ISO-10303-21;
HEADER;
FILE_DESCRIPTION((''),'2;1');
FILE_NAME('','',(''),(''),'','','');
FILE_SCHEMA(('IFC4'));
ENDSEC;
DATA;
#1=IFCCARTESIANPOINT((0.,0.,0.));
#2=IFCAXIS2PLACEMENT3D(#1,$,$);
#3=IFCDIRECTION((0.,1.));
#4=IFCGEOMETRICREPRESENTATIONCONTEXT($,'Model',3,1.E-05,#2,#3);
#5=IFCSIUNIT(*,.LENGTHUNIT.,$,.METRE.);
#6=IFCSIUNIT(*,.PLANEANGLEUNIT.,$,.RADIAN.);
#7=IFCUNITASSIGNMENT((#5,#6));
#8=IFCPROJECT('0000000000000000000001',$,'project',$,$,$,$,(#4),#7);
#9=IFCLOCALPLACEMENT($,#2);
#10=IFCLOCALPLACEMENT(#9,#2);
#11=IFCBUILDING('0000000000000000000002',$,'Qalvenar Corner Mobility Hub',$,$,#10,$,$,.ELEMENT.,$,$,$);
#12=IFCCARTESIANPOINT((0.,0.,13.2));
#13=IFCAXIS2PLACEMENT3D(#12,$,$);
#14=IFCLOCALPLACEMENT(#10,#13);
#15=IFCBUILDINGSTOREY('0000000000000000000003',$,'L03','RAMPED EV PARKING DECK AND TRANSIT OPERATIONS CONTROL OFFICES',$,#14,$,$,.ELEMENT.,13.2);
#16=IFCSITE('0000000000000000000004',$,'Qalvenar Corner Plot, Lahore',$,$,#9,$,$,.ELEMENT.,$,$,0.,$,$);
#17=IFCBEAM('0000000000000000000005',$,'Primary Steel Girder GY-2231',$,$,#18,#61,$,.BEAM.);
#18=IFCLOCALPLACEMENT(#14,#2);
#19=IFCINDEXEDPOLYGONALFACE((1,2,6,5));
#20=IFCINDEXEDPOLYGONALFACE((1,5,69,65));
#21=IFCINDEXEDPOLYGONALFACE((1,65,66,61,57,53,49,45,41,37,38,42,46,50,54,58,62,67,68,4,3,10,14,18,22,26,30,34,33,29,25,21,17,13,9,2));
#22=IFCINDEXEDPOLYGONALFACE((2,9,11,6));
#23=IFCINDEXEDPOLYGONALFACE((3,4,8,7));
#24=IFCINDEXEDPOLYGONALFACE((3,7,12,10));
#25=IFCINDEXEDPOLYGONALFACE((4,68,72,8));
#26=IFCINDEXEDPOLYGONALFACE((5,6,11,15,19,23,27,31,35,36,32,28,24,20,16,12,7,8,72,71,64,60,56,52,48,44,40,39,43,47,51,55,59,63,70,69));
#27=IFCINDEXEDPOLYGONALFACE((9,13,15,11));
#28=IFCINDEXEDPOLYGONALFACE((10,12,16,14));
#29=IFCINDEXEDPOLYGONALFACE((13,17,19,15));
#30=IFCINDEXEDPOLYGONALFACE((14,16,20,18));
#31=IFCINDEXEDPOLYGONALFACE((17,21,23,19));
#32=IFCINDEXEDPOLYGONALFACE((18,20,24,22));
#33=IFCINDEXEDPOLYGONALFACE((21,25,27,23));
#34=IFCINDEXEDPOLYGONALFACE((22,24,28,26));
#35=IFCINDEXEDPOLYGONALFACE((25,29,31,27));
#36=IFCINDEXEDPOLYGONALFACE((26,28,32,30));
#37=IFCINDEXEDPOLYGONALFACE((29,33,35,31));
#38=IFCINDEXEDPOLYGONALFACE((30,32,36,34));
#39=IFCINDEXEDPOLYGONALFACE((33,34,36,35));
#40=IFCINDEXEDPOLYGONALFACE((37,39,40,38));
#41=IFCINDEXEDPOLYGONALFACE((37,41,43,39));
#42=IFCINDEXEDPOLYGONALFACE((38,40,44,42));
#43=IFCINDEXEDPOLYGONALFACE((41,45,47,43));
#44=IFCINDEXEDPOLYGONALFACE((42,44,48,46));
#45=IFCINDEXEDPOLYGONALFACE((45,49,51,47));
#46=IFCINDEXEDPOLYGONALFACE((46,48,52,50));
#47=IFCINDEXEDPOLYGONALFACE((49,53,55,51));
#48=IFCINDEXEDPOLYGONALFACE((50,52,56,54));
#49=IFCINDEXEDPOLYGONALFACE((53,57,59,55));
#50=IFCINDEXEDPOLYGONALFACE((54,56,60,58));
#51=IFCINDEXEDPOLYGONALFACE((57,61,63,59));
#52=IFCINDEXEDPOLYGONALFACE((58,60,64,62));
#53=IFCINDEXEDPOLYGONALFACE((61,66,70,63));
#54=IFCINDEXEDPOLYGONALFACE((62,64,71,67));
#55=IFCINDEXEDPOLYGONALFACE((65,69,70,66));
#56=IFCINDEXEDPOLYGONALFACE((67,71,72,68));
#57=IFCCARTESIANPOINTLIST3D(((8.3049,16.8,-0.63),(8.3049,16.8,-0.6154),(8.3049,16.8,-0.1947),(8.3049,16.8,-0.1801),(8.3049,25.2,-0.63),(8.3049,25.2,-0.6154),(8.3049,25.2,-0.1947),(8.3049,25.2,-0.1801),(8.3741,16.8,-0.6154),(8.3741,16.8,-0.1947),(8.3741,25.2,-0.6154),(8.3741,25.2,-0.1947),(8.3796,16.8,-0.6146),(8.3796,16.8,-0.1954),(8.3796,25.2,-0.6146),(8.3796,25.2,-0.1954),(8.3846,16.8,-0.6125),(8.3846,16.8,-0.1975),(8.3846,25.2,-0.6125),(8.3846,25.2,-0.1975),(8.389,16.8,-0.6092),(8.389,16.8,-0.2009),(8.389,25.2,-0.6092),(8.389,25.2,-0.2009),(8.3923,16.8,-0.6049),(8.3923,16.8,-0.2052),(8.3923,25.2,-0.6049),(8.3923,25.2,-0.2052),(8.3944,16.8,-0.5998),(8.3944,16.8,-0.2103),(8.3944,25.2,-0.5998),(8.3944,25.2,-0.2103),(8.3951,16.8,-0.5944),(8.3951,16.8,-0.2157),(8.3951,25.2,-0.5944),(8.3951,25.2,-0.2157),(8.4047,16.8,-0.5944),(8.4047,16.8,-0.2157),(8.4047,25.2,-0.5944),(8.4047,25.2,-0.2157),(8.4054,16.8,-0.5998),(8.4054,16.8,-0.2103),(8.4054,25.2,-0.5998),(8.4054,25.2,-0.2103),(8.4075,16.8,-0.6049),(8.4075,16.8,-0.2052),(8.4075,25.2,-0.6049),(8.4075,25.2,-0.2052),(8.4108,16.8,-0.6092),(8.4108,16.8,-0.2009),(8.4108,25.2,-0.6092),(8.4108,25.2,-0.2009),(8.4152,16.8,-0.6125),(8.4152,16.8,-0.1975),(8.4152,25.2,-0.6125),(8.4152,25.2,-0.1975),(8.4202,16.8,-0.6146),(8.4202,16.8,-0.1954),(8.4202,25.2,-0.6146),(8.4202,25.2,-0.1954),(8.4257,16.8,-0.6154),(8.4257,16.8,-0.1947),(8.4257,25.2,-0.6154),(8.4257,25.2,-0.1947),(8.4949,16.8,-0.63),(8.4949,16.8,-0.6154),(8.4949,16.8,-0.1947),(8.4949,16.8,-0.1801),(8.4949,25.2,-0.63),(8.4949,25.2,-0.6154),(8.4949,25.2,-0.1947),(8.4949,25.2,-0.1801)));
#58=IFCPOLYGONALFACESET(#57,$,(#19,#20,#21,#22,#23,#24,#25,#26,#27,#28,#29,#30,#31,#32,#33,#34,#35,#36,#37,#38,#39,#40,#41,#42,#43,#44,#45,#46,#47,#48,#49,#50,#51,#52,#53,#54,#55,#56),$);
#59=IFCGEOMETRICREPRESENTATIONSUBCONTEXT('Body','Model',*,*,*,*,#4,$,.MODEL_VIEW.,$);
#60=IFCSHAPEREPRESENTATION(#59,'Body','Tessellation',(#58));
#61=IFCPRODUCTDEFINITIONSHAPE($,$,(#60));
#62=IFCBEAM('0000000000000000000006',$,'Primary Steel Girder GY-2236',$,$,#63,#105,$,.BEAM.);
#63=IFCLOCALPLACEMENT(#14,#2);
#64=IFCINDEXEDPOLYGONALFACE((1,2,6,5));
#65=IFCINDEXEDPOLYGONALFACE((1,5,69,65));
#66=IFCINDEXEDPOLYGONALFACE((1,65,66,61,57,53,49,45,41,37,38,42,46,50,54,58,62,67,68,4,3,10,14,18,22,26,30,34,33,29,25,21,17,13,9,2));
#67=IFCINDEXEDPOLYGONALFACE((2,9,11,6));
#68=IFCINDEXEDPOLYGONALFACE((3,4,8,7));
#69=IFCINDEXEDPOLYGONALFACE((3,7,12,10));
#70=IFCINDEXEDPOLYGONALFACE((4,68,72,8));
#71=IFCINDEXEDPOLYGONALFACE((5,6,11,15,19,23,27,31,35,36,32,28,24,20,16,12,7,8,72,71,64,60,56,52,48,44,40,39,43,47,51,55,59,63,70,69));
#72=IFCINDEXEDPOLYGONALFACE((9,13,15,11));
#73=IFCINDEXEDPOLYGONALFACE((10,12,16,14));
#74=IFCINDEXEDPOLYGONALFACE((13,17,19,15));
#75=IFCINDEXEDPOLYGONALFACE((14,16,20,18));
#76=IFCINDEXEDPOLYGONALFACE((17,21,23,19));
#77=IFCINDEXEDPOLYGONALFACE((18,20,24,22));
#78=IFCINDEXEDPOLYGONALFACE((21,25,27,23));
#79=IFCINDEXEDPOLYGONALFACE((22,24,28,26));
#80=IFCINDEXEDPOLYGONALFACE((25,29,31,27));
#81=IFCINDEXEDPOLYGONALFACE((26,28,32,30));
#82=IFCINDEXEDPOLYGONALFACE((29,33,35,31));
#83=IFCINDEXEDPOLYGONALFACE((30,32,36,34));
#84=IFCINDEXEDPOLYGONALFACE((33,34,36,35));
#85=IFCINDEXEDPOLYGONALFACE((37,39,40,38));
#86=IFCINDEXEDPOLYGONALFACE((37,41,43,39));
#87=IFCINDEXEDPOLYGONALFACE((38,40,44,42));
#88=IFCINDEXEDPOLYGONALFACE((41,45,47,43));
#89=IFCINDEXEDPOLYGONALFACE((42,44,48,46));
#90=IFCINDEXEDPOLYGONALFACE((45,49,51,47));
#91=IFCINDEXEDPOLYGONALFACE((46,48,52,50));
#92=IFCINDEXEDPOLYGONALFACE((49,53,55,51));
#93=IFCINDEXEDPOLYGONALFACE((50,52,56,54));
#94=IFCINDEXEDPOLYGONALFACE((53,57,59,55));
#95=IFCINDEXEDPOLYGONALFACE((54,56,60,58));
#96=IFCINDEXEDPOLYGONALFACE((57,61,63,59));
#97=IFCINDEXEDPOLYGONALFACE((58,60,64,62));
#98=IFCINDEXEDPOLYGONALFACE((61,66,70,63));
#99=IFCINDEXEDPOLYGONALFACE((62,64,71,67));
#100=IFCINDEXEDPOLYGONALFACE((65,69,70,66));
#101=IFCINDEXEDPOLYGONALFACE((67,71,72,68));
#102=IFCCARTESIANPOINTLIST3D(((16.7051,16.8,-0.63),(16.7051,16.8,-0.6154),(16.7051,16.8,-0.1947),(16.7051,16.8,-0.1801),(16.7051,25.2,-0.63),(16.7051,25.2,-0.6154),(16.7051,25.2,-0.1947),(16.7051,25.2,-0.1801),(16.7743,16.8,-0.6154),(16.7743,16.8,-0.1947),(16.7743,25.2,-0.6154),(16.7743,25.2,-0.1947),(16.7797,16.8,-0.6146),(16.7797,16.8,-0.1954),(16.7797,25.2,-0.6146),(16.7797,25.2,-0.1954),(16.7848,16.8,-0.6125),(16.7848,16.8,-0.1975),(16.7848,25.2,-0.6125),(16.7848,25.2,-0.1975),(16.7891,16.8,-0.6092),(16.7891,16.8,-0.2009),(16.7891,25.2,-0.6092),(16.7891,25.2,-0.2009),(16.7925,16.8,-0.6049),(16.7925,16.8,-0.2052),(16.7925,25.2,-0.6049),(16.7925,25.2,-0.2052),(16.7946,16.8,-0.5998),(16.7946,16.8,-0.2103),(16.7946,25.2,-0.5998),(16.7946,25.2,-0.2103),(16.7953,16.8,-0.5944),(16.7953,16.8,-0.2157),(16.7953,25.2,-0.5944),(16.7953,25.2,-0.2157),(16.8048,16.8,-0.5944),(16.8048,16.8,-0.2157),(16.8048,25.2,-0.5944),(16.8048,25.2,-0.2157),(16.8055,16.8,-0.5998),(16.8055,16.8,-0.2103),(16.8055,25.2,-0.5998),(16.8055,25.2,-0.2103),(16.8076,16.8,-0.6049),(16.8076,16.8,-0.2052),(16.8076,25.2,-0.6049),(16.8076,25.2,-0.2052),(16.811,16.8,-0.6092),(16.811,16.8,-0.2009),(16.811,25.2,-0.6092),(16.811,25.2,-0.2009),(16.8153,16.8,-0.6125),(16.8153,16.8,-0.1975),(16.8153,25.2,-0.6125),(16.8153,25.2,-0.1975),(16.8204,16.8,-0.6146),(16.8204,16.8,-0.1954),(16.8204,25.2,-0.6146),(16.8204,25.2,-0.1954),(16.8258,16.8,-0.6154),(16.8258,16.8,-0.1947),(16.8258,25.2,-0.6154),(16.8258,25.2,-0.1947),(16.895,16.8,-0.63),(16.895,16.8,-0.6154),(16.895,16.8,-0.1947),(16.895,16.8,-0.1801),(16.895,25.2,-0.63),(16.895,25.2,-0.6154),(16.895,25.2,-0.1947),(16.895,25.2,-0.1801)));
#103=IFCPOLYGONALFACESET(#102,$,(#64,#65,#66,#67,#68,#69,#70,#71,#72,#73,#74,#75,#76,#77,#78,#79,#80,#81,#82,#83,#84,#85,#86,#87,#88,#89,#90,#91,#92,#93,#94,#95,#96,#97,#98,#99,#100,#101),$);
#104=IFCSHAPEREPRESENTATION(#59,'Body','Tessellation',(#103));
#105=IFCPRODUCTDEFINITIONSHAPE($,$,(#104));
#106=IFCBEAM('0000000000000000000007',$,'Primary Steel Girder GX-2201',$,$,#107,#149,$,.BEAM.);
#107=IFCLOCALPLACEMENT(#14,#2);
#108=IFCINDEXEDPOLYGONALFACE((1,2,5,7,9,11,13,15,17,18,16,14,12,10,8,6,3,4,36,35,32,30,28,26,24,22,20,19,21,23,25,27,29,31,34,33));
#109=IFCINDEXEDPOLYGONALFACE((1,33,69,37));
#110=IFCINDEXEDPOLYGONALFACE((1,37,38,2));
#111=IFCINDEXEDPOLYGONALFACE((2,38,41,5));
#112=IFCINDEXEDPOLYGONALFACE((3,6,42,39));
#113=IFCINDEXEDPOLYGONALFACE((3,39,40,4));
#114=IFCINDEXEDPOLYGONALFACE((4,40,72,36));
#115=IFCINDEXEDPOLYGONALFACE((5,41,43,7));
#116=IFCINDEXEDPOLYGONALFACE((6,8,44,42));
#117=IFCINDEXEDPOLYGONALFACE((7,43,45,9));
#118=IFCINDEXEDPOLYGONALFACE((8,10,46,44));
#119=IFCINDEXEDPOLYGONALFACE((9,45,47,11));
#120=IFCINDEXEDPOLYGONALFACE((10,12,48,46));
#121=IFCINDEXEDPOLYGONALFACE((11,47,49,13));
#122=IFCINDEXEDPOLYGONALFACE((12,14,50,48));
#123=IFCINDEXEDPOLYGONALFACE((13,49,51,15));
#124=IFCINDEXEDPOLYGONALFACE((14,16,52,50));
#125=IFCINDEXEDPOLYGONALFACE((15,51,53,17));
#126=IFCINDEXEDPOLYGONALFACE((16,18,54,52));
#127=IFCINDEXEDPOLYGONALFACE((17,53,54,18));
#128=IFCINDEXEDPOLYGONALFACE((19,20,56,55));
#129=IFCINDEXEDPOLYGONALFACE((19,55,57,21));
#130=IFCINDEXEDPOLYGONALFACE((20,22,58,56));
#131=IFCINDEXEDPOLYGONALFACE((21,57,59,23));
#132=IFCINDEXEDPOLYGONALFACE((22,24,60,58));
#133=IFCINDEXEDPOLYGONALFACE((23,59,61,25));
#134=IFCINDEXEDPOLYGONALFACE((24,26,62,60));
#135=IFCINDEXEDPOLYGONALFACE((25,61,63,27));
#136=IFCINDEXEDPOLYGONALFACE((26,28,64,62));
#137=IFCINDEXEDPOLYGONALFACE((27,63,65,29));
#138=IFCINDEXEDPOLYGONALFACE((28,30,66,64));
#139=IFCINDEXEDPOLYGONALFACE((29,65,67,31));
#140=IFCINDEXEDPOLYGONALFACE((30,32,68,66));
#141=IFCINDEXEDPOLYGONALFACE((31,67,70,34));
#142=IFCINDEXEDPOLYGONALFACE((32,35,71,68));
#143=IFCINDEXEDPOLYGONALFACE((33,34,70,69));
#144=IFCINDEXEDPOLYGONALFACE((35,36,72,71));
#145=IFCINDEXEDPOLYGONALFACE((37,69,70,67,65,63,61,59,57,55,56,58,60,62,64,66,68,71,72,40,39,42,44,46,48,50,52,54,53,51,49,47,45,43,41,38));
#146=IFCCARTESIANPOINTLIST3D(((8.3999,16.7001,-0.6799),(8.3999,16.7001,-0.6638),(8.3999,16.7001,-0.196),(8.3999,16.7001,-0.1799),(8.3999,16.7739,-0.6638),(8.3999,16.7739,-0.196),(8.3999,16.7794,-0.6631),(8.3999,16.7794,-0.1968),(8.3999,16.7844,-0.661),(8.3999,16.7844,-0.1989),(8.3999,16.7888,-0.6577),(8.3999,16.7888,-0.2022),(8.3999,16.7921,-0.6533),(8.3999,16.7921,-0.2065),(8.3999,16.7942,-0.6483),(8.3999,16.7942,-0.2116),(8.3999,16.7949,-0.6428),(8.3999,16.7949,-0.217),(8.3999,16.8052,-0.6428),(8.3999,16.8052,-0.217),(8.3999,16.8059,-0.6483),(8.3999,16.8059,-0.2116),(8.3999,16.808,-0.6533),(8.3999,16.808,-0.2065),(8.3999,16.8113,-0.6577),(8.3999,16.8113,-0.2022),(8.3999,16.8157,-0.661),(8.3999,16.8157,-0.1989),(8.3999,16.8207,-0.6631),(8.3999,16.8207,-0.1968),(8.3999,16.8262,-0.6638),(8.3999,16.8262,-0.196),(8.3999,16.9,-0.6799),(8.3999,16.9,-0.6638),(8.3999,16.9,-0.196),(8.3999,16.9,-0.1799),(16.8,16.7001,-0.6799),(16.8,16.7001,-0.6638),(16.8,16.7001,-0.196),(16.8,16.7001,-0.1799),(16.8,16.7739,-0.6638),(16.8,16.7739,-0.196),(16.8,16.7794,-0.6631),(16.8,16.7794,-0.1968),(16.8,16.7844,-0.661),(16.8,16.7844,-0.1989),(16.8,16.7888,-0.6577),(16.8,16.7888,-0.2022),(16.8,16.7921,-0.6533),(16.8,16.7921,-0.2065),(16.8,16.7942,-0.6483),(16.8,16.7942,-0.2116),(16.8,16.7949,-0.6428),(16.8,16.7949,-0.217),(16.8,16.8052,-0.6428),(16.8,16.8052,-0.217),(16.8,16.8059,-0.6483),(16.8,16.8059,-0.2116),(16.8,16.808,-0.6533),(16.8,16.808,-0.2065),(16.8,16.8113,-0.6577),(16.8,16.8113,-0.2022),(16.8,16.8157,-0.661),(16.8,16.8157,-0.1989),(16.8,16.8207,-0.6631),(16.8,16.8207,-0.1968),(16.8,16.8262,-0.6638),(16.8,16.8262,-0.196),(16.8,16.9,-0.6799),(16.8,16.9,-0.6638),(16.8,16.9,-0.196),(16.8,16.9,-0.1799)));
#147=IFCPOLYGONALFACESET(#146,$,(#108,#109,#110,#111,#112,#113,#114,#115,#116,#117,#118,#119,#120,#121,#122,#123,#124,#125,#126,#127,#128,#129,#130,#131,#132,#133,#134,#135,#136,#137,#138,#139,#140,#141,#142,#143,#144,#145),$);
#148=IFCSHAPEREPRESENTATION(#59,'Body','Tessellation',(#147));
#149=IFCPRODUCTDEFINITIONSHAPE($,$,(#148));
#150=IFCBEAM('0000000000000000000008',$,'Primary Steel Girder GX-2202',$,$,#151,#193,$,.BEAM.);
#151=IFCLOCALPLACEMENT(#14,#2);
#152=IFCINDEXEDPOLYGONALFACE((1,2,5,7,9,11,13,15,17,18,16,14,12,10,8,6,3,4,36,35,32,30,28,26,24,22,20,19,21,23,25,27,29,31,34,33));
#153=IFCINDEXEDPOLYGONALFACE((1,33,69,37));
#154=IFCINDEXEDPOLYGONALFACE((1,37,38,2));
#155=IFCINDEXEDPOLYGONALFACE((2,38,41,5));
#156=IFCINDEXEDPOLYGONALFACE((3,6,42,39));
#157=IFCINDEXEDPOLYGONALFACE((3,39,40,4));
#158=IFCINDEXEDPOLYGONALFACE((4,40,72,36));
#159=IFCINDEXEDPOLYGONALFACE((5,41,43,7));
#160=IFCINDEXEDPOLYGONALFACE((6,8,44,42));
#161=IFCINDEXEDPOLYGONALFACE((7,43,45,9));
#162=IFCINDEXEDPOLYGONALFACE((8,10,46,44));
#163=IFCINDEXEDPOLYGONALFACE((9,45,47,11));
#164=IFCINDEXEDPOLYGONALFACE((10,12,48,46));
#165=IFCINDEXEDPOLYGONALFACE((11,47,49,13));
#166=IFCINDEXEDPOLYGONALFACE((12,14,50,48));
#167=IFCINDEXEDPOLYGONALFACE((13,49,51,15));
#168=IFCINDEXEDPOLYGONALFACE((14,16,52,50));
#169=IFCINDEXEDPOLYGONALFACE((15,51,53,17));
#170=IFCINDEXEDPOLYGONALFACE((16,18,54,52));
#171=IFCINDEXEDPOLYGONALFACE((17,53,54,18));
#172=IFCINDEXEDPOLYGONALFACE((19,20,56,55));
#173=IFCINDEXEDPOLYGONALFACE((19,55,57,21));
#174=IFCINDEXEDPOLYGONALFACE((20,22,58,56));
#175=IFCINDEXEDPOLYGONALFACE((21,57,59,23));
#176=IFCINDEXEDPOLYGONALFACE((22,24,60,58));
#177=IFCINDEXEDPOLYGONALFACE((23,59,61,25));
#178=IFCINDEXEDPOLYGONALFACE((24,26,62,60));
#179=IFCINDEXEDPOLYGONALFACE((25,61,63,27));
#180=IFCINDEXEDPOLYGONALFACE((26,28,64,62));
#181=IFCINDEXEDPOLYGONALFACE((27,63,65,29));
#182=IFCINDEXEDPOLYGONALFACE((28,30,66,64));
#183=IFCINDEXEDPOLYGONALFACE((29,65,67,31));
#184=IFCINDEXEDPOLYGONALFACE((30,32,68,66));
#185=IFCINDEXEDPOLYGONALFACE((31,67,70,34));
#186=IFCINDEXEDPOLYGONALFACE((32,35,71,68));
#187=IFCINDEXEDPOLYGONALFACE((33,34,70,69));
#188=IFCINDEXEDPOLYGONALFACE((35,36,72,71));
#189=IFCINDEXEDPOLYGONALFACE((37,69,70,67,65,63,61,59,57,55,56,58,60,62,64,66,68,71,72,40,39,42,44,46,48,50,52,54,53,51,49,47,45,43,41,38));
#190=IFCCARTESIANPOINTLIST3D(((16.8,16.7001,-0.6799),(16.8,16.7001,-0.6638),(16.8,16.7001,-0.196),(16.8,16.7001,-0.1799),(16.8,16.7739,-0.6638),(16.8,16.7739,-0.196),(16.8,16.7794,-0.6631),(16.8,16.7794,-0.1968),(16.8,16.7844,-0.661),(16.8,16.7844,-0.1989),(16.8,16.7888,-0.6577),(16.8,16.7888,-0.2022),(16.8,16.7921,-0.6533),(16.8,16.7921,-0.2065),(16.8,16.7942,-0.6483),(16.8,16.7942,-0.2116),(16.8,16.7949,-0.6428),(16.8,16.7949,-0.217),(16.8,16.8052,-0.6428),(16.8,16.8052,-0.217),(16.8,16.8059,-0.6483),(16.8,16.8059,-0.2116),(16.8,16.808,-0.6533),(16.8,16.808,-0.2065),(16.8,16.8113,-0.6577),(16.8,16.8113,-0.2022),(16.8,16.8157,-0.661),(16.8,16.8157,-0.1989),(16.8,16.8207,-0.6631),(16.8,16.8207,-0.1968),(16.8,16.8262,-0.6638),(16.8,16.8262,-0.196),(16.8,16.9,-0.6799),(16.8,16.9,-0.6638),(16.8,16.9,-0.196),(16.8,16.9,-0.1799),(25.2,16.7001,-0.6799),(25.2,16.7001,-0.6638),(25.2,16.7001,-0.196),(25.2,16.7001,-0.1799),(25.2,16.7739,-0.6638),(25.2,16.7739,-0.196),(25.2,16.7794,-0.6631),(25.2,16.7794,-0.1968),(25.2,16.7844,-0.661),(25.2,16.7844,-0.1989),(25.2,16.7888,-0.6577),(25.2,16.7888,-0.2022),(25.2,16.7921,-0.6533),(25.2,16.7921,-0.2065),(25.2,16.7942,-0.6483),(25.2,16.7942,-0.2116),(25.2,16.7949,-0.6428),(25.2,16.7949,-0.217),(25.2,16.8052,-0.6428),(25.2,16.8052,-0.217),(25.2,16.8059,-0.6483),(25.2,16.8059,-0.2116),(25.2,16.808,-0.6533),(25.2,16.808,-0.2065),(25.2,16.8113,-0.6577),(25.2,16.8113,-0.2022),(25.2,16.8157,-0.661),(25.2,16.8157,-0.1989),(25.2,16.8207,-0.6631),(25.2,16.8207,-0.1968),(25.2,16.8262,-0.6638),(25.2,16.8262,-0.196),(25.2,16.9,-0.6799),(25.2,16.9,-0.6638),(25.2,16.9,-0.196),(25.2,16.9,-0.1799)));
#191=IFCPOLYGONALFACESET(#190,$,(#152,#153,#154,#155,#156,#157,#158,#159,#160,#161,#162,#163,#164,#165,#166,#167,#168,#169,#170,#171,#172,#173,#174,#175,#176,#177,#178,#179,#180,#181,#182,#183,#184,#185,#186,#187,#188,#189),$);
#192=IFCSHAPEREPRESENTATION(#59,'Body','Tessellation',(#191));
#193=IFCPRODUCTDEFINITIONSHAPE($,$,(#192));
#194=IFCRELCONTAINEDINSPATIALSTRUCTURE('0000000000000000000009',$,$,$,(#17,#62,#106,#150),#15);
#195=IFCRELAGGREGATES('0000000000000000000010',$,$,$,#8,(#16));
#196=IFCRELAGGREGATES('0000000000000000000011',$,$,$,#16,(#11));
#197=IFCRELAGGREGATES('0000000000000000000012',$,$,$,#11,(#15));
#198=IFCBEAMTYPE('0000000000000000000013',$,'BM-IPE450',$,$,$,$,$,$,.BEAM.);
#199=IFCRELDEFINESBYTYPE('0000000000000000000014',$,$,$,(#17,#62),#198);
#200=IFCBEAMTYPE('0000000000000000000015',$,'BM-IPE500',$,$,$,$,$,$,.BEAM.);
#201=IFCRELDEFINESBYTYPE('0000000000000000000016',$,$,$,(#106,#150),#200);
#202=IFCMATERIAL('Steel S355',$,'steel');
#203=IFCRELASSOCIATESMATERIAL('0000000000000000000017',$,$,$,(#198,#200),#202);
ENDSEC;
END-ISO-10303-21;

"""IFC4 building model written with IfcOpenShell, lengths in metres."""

from ifc_helpers import new_model, si_unit, direction, frame, origin, origin_2d, place, context, subcontext, project, spatial, i_section, extrude, material, material_profile, profile_set, type_object, element, save


model = new_model("IFC4")

# Units and contexts
model_context = context("Model", 3, precision=1e-05, world=origin(), true_north=direction((0.0, 1.0)))
body_context = subcontext(model_context, "Body", "Model", "MODEL_VIEW")
ifc_project = project(units=[si_unit("LENGTHUNIT", "METRE"), si_unit("PLANEANGLEUNIT", "RADIAN")], contexts=[model_context])

# Site, building, storey
site_placement = place(None, origin())
site = spatial("IfcSite", under=ifc_project, at=site_placement, Name="Qalvenar Corner Plot, Lahore", CompositionType="ELEMENT", RefElevation=0.0)
building_placement = place(site_placement, origin())
building = spatial("IfcBuilding", under=site, at=building_placement, Name="Qalvenar Corner Mobility Hub", CompositionType="ELEMENT")
storey_placement = place(building_placement, frame((0.0, 0.0, 13.2)))
storey = spatial("IfcBuildingStorey", under=building, at=storey_placement, Name="L03", Description="RAMPED EV PARKING DECK AND TRANSIT OPERATIONS CONTROL OFFICES", CompositionType="ELEMENT", Elevation=13.2)

# Beams
ifc_material_1 = material(Name="Steel S355", Category="steel")
ifc_material_profile_1 = material_profile(ifc_material_1, i_section(OverallWidth=0.1899, OverallDepth=0.45, WebThickness=0.0095, FlangeThickness=0.0146, FilletRadius=0.021, at=origin_2d()), Name="IPE450")
ifc_profile_set_1 = profile_set([ifc_material_profile_1], Name="Steel S355")
beam_type_1 = type_object("IfcBeamType", Name="BM-IPE450", PredefinedType="BEAM", material=ifc_profile_set_1)
for number, where, z_axis, x_axis, name in (
    (1, (8.3999, 16.8, -0.405), (0.0, 1.0, 0.0), (-1.0, 0.0, 0.0), "Primary Steel Girder GY-2231"),
    (2, (16.8, 16.8, -0.405), (0.0, 1.0, 0.0), (-1.0, 0.0, 0.0), "Primary Steel Girder GY-2236"),
):
    element("IfcBeam", number, at=place(storey_placement, frame(where, z_axis=z_axis, x_axis=x_axis)), inside=storey, type_object=beam_type_1, Name=name, PredefinedType="BEAM", context=body_context, shape_type="SweptSolid", body=[
        extrude(i_section(OverallWidth=0.1899, OverallDepth=0.45, WebThickness=0.0095, FlangeThickness=0.0146, FilletRadius=0.021, at=origin_2d()), origin(), (0.0, 0.0, 1.0), 8.3999),
    ])
ifc_material_profile_2 = material_profile(ifc_material_1, i_section(OverallWidth=0.2, OverallDepth=0.5, WebThickness=0.0103, FlangeThickness=0.0161, FilletRadius=0.021, at=origin_2d()), Name="IPE500")
ifc_profile_set_2 = profile_set([ifc_material_profile_2], Name="Steel S355")
beam_type_2 = type_object("IfcBeamType", Name="BM-IPE500", PredefinedType="BEAM", material=ifc_profile_set_2)
beam_1_placement = place(storey_placement, frame((8.3999, 16.8, -0.4299), z_axis=(1.0, 0.0, 0.0), x_axis=(0.0, 1.0, 0.0)))
element("IfcBeam", 3, at=beam_1_placement, inside=storey, type_object=beam_type_2, Name="Primary Steel Girder GX-2201", PredefinedType="BEAM", context=body_context, shape_type="SweptSolid", body=[
    extrude(i_section(OverallWidth=0.2, OverallDepth=0.5, WebThickness=0.0103, FlangeThickness=0.0161, FilletRadius=0.021, at=origin_2d()), origin(), (0.0, 0.0, 1.0), 8.4001),
])
beam_2_placement = place(storey_placement, frame((16.8, 16.8, -0.4299), z_axis=(1.0, 0.0, 0.0), x_axis=(0.0, 1.0, 0.0)))
element("IfcBeam", 4, at=beam_2_placement, inside=storey, type_object=beam_type_2, Name="Primary Steel Girder GX-2202", PredefinedType="BEAM", context=body_context, shape_type="SweptSolid", body=[
    extrude(i_section(OverallWidth=0.2, OverallDepth=0.5, WebThickness=0.0103, FlangeThickness=0.0161, FilletRadius=0.021, at=origin_2d()), origin(), (0.0, 0.0, 1.0), 8.3999),
])

save(model, "model.ifc")
